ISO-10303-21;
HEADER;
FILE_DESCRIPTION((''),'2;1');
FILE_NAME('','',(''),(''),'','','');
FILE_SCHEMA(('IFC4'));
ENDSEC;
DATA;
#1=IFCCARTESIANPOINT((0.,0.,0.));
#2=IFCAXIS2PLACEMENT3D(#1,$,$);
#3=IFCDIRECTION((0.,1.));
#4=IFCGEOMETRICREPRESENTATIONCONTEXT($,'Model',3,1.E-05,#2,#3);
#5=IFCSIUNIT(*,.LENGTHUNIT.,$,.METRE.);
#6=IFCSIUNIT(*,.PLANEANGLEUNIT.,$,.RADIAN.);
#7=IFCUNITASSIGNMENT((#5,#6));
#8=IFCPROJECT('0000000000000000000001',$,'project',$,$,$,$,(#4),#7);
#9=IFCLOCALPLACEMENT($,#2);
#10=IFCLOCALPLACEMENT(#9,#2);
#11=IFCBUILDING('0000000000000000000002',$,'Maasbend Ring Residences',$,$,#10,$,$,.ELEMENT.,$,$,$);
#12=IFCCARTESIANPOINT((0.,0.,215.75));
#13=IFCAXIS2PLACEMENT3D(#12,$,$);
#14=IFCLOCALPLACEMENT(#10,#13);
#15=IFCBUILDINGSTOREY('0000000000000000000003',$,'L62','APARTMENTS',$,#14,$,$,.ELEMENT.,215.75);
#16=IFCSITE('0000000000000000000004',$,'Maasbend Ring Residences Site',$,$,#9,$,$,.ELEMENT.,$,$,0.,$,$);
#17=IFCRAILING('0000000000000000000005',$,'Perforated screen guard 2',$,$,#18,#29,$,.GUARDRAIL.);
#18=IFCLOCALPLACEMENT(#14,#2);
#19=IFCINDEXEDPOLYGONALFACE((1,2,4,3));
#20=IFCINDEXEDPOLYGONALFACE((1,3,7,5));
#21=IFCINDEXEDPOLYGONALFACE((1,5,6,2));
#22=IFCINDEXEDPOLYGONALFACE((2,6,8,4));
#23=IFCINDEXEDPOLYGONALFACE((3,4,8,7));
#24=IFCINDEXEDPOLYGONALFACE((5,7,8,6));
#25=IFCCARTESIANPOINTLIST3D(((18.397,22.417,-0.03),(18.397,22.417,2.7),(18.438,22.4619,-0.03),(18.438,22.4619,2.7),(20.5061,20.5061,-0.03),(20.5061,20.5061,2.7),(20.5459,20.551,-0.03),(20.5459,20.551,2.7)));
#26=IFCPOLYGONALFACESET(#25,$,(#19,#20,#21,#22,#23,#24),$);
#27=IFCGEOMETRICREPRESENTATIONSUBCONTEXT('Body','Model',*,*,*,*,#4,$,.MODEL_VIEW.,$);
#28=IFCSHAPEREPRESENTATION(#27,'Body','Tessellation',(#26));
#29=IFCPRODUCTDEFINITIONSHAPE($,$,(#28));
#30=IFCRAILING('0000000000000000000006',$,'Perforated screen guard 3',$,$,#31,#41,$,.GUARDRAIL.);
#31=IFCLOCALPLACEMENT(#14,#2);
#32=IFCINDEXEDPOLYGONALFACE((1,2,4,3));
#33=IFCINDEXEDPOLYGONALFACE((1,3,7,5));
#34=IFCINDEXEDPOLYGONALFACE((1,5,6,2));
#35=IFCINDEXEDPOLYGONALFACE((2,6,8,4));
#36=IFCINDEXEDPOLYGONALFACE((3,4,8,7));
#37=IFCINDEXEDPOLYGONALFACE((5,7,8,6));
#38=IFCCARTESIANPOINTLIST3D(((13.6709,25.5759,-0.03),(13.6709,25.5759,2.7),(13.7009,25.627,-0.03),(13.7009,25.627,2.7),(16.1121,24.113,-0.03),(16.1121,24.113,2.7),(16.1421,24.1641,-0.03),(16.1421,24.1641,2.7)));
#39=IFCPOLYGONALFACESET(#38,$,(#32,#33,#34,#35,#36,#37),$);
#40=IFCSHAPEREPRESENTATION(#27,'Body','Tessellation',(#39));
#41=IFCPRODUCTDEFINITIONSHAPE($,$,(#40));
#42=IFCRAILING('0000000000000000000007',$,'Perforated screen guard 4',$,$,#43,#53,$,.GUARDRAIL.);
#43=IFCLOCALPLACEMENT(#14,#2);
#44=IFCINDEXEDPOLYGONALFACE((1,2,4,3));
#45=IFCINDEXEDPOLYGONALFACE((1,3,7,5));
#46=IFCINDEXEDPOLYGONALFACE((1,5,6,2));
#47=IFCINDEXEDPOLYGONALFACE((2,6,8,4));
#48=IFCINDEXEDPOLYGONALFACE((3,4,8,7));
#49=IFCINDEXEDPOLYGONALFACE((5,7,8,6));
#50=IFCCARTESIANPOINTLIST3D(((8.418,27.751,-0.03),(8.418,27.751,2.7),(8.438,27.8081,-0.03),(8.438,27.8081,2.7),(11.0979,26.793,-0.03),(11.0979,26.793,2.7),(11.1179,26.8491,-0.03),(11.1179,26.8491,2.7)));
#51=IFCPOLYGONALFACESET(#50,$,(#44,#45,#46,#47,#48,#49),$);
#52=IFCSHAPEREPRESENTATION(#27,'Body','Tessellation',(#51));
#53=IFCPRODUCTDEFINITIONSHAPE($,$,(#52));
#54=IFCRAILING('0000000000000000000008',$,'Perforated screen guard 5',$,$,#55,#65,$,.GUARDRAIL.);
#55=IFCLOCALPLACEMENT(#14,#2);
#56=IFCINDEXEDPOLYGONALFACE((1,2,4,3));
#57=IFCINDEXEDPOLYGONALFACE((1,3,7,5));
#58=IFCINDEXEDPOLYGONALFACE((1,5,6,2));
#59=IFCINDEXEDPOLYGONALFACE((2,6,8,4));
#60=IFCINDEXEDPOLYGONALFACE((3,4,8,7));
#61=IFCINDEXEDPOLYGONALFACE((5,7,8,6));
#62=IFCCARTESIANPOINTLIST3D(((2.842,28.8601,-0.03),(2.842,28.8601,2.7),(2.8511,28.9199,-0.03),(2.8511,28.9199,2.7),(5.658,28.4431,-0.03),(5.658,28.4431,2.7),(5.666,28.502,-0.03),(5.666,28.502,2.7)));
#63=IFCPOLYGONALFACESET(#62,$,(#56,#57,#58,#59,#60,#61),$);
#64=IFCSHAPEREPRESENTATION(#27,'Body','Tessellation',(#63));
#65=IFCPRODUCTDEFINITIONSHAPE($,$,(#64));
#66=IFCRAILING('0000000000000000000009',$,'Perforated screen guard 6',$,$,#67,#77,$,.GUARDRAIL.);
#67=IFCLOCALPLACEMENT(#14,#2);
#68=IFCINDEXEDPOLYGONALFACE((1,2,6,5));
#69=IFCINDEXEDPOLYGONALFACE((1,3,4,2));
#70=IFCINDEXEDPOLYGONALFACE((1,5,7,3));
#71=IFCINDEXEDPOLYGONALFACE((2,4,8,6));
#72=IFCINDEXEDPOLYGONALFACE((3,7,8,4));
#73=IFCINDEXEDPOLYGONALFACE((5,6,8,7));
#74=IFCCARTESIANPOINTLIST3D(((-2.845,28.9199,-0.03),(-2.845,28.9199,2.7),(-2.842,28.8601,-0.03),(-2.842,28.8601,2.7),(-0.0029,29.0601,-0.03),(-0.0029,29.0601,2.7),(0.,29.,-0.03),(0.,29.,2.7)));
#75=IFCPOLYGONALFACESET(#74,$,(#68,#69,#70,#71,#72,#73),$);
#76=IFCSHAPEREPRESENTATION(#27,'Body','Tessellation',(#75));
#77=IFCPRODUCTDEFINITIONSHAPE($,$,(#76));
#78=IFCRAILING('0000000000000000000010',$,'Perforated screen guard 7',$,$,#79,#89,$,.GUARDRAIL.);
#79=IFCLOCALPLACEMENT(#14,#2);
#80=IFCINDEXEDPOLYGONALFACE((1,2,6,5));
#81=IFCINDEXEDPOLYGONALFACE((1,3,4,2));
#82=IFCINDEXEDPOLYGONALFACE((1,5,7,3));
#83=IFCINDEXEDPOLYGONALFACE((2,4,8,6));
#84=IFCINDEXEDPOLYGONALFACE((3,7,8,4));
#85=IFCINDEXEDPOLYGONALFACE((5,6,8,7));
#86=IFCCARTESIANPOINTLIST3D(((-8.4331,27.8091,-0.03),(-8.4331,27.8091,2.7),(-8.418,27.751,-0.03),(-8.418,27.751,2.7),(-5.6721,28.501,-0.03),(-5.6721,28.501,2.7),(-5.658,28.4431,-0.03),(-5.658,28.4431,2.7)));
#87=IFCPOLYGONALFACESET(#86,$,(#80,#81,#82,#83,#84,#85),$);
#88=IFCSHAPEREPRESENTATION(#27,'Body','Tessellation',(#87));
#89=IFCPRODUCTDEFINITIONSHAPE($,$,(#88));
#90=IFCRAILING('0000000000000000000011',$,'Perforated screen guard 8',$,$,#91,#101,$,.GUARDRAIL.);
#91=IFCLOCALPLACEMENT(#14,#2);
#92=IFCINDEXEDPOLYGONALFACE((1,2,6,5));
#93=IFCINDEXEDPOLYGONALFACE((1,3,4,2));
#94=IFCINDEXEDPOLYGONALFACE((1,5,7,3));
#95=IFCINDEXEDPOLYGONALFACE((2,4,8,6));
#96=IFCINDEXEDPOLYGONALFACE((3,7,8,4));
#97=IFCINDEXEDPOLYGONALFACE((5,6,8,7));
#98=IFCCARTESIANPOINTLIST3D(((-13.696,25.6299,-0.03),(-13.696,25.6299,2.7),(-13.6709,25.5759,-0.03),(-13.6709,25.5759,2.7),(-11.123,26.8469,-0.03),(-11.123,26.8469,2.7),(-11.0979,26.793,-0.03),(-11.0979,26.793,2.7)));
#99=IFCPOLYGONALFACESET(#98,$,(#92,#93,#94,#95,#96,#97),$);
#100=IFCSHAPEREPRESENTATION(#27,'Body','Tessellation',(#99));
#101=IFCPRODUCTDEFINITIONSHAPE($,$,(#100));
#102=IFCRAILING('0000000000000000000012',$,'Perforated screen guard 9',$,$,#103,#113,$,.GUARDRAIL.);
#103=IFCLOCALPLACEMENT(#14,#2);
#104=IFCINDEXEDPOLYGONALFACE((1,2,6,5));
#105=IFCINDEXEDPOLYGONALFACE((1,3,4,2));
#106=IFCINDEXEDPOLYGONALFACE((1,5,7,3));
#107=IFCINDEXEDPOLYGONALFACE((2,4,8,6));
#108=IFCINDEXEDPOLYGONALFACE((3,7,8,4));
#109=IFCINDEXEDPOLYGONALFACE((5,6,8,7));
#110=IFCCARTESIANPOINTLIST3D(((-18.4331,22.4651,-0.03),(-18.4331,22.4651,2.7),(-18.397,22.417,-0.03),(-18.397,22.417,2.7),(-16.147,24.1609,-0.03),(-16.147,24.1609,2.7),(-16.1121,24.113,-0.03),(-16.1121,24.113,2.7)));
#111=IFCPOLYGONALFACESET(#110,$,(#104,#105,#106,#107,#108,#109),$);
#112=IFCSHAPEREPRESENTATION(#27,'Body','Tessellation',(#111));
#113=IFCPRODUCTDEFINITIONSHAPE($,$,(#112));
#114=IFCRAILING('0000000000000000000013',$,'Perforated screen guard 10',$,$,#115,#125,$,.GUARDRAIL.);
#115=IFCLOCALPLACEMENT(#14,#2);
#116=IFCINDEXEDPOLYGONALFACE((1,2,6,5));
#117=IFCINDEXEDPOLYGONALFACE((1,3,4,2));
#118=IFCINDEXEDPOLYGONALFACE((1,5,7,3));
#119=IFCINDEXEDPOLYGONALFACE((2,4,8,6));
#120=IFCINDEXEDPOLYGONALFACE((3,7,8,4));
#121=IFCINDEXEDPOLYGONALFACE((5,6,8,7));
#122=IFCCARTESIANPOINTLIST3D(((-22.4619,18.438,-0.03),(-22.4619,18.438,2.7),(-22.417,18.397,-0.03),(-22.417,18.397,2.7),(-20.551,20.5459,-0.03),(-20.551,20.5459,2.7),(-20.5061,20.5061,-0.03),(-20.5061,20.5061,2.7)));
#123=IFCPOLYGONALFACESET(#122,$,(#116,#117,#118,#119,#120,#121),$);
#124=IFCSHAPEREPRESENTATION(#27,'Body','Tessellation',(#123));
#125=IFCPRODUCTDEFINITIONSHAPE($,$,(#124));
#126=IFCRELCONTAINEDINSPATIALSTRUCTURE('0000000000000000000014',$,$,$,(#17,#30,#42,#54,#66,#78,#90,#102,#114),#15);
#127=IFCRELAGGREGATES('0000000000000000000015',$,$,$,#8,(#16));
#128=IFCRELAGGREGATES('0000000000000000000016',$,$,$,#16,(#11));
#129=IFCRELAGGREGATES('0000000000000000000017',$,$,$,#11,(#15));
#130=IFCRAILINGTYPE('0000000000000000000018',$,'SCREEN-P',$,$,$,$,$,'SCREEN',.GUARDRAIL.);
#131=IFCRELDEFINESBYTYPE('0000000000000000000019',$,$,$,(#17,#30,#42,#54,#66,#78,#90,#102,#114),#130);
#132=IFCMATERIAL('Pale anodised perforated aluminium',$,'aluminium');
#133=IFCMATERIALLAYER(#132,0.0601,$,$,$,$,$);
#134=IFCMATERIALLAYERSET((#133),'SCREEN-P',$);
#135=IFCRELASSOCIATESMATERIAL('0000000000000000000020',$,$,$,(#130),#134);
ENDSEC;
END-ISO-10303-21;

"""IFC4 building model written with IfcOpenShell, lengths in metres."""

from ifc_helpers import new_model, si_unit, direction, frame, origin, place, context, subcontext, project, spatial, polyline, outline, extrude, material, layer, layer_set, type_object, element, save


model = new_model("IFC4")

# Units and contexts
model_context = context("Model", 3, precision=1e-05, world=origin(), true_north=direction((0.0, 1.0)))
body_context = subcontext(model_context, "Body", "Model", "MODEL_VIEW")
ifc_project = project(units=[si_unit("LENGTHUNIT", "METRE"), si_unit("PLANEANGLEUNIT", "RADIAN")], contexts=[model_context])

# Site, building, storey
site_placement = place(None, origin())
site = spatial("IfcSite", under=ifc_project, at=site_placement, Name="Maasbend Ring Residences Site", CompositionType="ELEMENT", RefElevation=0.0)
building_placement = place(site_placement, origin())
building = spatial("IfcBuilding", under=site, at=building_placement, Name="Maasbend Ring Residences", CompositionType="ELEMENT")
storey_placement = place(building_placement, frame((0.0, 0.0, 215.75)))
storey = spatial("IfcBuildingStorey", under=building, at=storey_placement, Name="L62", Description="APARTMENTS", CompositionType="ELEMENT", Elevation=215.75)

# Railings
ifc_material_1 = material(Name="Pale anodised perforated aluminium", Category="aluminium")
ifc_layer_1 = layer(ifc_material_1, 0.0601)
ifc_layer_set_1 = layer_set([ifc_layer_1], Name="SCREEN-P")
railing_type = type_object("IfcRailingType", Name="SCREEN-P", ElementType="SCREEN", PredefinedType="GUARDRAIL", material=ifc_layer_set_1)
railing_1_placement = place(storey_placement, frame((0.0, 0.0, -0.03)))
element("IfcRailing", 1, at=railing_1_placement, inside=storey, type_object=railing_type, Name="Perforated screen guard 2", PredefinedType="GUARDRAIL", context=body_context, shape_type="SweptSolid", body=[
    extrude(outline(polyline([(20.5061, 20.5061), (18.397, 22.417), (18.438, 22.4619), (20.5459, 20.551), (20.5061, 20.5061)])), origin(), (0.0, 0.0, 1.0), 2.73),
])
railing_2_placement = place(storey_placement, frame((0.0, 0.0, -0.03)))
element("IfcRailing", 2, at=railing_2_placement, inside=storey, type_object=railing_type, Name="Perforated screen guard 3", PredefinedType="GUARDRAIL", context=body_context, shape_type="SweptSolid", body=[
    extrude(outline(polyline([(16.1121, 24.113), (13.6709, 25.5759), (13.7009, 25.627), (16.1421, 24.1641), (16.1121, 24.113)])), origin(), (0.0, 0.0, 1.0), 2.73),
])
railing_3_placement = place(storey_placement, frame((0.0, 0.0, -0.03)))
element("IfcRailing", 3, at=railing_3_placement, inside=storey, type_object=railing_type, Name="Perforated screen guard 4", PredefinedType="GUARDRAIL", context=body_context, shape_type="SweptSolid", body=[
    extrude(outline(polyline([(11.0979, 26.793), (8.418, 27.751), (8.438, 27.8081), (11.1179, 26.8491), (11.0979, 26.793)])), origin(), (0.0, 0.0, 1.0), 2.73),
])
railing_4_placement = place(storey_placement, frame((0.0, 0.0, -0.03)))
element("IfcRailing", 4, at=railing_4_placement, inside=storey, type_object=railing_type, Name="Perforated screen guard 5", PredefinedType="GUARDRAIL", context=body_context, shape_type="SweptSolid", body=[
    extrude(outline(polyline([(5.658, 28.4431), (2.842, 28.8601), (2.8511, 28.9199), (5.666, 28.502), (5.658, 28.4431)])), origin(), (0.0, 0.0, 1.0), 2.73),
])
railing_5_placement = place(storey_placement, frame((0.0, 0.0, -0.03)))
element("IfcRailing", 5, at=railing_5_placement, inside=storey, type_object=railing_type, Name="Perforated screen guard 6", PredefinedType="GUARDRAIL", context=body_context, shape_type="SweptSolid", body=[
    extrude(outline(polyline([(0.0, 29.0), (-2.842, 28.8601), (-2.845, 28.9199), (-0.0029, 29.0601), (0.0, 29.0)])), origin(), (0.0, 0.0, 1.0), 2.73),
])
railing_6_placement = place(storey_placement, frame((0.0, 0.0, -0.03)))
element("IfcRailing", 6, at=railing_6_placement, inside=storey, type_object=railing_type, Name="Perforated screen guard 7", PredefinedType="GUARDRAIL", context=body_context, shape_type="SweptSolid", body=[
    extrude(outline(polyline([(-5.658, 28.4431), (-8.418, 27.751), (-8.4331, 27.8091), (-5.6721, 28.501), (-5.658, 28.4431)])), origin(), (0.0, 0.0, 1.0), 2.73),
])
railing_7_placement = place(storey_placement, frame((0.0, 0.0, -0.03)))
element("IfcRailing", 7, at=railing_7_placement, inside=storey, type_object=railing_type, Name="Perforated screen guard 8", PredefinedType="GUARDRAIL", context=body_context, shape_type="SweptSolid", body=[
    extrude(outline(polyline([(-11.0979, 26.793), (-13.6709, 25.5759), (-13.696, 25.6299), (-11.123, 26.8469), (-11.0979, 26.793)])), origin(), (0.0, 0.0, 1.0), 2.73),
])
railing_8_placement = place(storey_placement, frame((0.0, 0.0, -0.03)))
element("IfcRailing", 8, at=railing_8_placement, inside=storey, type_object=railing_type, Name="Perforated screen guard 9", PredefinedType="GUARDRAIL", context=body_context, shape_type="SweptSolid", body=[
    extrude(outline(polyline([(-16.1121, 24.113), (-18.397, 22.417), (-18.4331, 22.4651), (-16.147, 24.1609), (-16.1121, 24.113)])), origin(), (0.0, 0.0, 1.0), 2.73),
])
railing_9_placement = place(storey_placement, frame((0.0, 0.0, -0.03)))
element("IfcRailing", 9, at=railing_9_placement, inside=storey, type_object=railing_type, Name="Perforated screen guard 10", PredefinedType="GUARDRAIL", context=body_context, shape_type="SweptSolid", body=[
    extrude(outline(polyline([(-20.5061, 20.5061), (-22.417, 18.397), (-22.4619, 18.438), (-20.551, 20.5459), (-20.5061, 20.5061)])), origin(), (0.0, 0.0, 1.0), 2.73),
])

save(model, "model.ifc")
